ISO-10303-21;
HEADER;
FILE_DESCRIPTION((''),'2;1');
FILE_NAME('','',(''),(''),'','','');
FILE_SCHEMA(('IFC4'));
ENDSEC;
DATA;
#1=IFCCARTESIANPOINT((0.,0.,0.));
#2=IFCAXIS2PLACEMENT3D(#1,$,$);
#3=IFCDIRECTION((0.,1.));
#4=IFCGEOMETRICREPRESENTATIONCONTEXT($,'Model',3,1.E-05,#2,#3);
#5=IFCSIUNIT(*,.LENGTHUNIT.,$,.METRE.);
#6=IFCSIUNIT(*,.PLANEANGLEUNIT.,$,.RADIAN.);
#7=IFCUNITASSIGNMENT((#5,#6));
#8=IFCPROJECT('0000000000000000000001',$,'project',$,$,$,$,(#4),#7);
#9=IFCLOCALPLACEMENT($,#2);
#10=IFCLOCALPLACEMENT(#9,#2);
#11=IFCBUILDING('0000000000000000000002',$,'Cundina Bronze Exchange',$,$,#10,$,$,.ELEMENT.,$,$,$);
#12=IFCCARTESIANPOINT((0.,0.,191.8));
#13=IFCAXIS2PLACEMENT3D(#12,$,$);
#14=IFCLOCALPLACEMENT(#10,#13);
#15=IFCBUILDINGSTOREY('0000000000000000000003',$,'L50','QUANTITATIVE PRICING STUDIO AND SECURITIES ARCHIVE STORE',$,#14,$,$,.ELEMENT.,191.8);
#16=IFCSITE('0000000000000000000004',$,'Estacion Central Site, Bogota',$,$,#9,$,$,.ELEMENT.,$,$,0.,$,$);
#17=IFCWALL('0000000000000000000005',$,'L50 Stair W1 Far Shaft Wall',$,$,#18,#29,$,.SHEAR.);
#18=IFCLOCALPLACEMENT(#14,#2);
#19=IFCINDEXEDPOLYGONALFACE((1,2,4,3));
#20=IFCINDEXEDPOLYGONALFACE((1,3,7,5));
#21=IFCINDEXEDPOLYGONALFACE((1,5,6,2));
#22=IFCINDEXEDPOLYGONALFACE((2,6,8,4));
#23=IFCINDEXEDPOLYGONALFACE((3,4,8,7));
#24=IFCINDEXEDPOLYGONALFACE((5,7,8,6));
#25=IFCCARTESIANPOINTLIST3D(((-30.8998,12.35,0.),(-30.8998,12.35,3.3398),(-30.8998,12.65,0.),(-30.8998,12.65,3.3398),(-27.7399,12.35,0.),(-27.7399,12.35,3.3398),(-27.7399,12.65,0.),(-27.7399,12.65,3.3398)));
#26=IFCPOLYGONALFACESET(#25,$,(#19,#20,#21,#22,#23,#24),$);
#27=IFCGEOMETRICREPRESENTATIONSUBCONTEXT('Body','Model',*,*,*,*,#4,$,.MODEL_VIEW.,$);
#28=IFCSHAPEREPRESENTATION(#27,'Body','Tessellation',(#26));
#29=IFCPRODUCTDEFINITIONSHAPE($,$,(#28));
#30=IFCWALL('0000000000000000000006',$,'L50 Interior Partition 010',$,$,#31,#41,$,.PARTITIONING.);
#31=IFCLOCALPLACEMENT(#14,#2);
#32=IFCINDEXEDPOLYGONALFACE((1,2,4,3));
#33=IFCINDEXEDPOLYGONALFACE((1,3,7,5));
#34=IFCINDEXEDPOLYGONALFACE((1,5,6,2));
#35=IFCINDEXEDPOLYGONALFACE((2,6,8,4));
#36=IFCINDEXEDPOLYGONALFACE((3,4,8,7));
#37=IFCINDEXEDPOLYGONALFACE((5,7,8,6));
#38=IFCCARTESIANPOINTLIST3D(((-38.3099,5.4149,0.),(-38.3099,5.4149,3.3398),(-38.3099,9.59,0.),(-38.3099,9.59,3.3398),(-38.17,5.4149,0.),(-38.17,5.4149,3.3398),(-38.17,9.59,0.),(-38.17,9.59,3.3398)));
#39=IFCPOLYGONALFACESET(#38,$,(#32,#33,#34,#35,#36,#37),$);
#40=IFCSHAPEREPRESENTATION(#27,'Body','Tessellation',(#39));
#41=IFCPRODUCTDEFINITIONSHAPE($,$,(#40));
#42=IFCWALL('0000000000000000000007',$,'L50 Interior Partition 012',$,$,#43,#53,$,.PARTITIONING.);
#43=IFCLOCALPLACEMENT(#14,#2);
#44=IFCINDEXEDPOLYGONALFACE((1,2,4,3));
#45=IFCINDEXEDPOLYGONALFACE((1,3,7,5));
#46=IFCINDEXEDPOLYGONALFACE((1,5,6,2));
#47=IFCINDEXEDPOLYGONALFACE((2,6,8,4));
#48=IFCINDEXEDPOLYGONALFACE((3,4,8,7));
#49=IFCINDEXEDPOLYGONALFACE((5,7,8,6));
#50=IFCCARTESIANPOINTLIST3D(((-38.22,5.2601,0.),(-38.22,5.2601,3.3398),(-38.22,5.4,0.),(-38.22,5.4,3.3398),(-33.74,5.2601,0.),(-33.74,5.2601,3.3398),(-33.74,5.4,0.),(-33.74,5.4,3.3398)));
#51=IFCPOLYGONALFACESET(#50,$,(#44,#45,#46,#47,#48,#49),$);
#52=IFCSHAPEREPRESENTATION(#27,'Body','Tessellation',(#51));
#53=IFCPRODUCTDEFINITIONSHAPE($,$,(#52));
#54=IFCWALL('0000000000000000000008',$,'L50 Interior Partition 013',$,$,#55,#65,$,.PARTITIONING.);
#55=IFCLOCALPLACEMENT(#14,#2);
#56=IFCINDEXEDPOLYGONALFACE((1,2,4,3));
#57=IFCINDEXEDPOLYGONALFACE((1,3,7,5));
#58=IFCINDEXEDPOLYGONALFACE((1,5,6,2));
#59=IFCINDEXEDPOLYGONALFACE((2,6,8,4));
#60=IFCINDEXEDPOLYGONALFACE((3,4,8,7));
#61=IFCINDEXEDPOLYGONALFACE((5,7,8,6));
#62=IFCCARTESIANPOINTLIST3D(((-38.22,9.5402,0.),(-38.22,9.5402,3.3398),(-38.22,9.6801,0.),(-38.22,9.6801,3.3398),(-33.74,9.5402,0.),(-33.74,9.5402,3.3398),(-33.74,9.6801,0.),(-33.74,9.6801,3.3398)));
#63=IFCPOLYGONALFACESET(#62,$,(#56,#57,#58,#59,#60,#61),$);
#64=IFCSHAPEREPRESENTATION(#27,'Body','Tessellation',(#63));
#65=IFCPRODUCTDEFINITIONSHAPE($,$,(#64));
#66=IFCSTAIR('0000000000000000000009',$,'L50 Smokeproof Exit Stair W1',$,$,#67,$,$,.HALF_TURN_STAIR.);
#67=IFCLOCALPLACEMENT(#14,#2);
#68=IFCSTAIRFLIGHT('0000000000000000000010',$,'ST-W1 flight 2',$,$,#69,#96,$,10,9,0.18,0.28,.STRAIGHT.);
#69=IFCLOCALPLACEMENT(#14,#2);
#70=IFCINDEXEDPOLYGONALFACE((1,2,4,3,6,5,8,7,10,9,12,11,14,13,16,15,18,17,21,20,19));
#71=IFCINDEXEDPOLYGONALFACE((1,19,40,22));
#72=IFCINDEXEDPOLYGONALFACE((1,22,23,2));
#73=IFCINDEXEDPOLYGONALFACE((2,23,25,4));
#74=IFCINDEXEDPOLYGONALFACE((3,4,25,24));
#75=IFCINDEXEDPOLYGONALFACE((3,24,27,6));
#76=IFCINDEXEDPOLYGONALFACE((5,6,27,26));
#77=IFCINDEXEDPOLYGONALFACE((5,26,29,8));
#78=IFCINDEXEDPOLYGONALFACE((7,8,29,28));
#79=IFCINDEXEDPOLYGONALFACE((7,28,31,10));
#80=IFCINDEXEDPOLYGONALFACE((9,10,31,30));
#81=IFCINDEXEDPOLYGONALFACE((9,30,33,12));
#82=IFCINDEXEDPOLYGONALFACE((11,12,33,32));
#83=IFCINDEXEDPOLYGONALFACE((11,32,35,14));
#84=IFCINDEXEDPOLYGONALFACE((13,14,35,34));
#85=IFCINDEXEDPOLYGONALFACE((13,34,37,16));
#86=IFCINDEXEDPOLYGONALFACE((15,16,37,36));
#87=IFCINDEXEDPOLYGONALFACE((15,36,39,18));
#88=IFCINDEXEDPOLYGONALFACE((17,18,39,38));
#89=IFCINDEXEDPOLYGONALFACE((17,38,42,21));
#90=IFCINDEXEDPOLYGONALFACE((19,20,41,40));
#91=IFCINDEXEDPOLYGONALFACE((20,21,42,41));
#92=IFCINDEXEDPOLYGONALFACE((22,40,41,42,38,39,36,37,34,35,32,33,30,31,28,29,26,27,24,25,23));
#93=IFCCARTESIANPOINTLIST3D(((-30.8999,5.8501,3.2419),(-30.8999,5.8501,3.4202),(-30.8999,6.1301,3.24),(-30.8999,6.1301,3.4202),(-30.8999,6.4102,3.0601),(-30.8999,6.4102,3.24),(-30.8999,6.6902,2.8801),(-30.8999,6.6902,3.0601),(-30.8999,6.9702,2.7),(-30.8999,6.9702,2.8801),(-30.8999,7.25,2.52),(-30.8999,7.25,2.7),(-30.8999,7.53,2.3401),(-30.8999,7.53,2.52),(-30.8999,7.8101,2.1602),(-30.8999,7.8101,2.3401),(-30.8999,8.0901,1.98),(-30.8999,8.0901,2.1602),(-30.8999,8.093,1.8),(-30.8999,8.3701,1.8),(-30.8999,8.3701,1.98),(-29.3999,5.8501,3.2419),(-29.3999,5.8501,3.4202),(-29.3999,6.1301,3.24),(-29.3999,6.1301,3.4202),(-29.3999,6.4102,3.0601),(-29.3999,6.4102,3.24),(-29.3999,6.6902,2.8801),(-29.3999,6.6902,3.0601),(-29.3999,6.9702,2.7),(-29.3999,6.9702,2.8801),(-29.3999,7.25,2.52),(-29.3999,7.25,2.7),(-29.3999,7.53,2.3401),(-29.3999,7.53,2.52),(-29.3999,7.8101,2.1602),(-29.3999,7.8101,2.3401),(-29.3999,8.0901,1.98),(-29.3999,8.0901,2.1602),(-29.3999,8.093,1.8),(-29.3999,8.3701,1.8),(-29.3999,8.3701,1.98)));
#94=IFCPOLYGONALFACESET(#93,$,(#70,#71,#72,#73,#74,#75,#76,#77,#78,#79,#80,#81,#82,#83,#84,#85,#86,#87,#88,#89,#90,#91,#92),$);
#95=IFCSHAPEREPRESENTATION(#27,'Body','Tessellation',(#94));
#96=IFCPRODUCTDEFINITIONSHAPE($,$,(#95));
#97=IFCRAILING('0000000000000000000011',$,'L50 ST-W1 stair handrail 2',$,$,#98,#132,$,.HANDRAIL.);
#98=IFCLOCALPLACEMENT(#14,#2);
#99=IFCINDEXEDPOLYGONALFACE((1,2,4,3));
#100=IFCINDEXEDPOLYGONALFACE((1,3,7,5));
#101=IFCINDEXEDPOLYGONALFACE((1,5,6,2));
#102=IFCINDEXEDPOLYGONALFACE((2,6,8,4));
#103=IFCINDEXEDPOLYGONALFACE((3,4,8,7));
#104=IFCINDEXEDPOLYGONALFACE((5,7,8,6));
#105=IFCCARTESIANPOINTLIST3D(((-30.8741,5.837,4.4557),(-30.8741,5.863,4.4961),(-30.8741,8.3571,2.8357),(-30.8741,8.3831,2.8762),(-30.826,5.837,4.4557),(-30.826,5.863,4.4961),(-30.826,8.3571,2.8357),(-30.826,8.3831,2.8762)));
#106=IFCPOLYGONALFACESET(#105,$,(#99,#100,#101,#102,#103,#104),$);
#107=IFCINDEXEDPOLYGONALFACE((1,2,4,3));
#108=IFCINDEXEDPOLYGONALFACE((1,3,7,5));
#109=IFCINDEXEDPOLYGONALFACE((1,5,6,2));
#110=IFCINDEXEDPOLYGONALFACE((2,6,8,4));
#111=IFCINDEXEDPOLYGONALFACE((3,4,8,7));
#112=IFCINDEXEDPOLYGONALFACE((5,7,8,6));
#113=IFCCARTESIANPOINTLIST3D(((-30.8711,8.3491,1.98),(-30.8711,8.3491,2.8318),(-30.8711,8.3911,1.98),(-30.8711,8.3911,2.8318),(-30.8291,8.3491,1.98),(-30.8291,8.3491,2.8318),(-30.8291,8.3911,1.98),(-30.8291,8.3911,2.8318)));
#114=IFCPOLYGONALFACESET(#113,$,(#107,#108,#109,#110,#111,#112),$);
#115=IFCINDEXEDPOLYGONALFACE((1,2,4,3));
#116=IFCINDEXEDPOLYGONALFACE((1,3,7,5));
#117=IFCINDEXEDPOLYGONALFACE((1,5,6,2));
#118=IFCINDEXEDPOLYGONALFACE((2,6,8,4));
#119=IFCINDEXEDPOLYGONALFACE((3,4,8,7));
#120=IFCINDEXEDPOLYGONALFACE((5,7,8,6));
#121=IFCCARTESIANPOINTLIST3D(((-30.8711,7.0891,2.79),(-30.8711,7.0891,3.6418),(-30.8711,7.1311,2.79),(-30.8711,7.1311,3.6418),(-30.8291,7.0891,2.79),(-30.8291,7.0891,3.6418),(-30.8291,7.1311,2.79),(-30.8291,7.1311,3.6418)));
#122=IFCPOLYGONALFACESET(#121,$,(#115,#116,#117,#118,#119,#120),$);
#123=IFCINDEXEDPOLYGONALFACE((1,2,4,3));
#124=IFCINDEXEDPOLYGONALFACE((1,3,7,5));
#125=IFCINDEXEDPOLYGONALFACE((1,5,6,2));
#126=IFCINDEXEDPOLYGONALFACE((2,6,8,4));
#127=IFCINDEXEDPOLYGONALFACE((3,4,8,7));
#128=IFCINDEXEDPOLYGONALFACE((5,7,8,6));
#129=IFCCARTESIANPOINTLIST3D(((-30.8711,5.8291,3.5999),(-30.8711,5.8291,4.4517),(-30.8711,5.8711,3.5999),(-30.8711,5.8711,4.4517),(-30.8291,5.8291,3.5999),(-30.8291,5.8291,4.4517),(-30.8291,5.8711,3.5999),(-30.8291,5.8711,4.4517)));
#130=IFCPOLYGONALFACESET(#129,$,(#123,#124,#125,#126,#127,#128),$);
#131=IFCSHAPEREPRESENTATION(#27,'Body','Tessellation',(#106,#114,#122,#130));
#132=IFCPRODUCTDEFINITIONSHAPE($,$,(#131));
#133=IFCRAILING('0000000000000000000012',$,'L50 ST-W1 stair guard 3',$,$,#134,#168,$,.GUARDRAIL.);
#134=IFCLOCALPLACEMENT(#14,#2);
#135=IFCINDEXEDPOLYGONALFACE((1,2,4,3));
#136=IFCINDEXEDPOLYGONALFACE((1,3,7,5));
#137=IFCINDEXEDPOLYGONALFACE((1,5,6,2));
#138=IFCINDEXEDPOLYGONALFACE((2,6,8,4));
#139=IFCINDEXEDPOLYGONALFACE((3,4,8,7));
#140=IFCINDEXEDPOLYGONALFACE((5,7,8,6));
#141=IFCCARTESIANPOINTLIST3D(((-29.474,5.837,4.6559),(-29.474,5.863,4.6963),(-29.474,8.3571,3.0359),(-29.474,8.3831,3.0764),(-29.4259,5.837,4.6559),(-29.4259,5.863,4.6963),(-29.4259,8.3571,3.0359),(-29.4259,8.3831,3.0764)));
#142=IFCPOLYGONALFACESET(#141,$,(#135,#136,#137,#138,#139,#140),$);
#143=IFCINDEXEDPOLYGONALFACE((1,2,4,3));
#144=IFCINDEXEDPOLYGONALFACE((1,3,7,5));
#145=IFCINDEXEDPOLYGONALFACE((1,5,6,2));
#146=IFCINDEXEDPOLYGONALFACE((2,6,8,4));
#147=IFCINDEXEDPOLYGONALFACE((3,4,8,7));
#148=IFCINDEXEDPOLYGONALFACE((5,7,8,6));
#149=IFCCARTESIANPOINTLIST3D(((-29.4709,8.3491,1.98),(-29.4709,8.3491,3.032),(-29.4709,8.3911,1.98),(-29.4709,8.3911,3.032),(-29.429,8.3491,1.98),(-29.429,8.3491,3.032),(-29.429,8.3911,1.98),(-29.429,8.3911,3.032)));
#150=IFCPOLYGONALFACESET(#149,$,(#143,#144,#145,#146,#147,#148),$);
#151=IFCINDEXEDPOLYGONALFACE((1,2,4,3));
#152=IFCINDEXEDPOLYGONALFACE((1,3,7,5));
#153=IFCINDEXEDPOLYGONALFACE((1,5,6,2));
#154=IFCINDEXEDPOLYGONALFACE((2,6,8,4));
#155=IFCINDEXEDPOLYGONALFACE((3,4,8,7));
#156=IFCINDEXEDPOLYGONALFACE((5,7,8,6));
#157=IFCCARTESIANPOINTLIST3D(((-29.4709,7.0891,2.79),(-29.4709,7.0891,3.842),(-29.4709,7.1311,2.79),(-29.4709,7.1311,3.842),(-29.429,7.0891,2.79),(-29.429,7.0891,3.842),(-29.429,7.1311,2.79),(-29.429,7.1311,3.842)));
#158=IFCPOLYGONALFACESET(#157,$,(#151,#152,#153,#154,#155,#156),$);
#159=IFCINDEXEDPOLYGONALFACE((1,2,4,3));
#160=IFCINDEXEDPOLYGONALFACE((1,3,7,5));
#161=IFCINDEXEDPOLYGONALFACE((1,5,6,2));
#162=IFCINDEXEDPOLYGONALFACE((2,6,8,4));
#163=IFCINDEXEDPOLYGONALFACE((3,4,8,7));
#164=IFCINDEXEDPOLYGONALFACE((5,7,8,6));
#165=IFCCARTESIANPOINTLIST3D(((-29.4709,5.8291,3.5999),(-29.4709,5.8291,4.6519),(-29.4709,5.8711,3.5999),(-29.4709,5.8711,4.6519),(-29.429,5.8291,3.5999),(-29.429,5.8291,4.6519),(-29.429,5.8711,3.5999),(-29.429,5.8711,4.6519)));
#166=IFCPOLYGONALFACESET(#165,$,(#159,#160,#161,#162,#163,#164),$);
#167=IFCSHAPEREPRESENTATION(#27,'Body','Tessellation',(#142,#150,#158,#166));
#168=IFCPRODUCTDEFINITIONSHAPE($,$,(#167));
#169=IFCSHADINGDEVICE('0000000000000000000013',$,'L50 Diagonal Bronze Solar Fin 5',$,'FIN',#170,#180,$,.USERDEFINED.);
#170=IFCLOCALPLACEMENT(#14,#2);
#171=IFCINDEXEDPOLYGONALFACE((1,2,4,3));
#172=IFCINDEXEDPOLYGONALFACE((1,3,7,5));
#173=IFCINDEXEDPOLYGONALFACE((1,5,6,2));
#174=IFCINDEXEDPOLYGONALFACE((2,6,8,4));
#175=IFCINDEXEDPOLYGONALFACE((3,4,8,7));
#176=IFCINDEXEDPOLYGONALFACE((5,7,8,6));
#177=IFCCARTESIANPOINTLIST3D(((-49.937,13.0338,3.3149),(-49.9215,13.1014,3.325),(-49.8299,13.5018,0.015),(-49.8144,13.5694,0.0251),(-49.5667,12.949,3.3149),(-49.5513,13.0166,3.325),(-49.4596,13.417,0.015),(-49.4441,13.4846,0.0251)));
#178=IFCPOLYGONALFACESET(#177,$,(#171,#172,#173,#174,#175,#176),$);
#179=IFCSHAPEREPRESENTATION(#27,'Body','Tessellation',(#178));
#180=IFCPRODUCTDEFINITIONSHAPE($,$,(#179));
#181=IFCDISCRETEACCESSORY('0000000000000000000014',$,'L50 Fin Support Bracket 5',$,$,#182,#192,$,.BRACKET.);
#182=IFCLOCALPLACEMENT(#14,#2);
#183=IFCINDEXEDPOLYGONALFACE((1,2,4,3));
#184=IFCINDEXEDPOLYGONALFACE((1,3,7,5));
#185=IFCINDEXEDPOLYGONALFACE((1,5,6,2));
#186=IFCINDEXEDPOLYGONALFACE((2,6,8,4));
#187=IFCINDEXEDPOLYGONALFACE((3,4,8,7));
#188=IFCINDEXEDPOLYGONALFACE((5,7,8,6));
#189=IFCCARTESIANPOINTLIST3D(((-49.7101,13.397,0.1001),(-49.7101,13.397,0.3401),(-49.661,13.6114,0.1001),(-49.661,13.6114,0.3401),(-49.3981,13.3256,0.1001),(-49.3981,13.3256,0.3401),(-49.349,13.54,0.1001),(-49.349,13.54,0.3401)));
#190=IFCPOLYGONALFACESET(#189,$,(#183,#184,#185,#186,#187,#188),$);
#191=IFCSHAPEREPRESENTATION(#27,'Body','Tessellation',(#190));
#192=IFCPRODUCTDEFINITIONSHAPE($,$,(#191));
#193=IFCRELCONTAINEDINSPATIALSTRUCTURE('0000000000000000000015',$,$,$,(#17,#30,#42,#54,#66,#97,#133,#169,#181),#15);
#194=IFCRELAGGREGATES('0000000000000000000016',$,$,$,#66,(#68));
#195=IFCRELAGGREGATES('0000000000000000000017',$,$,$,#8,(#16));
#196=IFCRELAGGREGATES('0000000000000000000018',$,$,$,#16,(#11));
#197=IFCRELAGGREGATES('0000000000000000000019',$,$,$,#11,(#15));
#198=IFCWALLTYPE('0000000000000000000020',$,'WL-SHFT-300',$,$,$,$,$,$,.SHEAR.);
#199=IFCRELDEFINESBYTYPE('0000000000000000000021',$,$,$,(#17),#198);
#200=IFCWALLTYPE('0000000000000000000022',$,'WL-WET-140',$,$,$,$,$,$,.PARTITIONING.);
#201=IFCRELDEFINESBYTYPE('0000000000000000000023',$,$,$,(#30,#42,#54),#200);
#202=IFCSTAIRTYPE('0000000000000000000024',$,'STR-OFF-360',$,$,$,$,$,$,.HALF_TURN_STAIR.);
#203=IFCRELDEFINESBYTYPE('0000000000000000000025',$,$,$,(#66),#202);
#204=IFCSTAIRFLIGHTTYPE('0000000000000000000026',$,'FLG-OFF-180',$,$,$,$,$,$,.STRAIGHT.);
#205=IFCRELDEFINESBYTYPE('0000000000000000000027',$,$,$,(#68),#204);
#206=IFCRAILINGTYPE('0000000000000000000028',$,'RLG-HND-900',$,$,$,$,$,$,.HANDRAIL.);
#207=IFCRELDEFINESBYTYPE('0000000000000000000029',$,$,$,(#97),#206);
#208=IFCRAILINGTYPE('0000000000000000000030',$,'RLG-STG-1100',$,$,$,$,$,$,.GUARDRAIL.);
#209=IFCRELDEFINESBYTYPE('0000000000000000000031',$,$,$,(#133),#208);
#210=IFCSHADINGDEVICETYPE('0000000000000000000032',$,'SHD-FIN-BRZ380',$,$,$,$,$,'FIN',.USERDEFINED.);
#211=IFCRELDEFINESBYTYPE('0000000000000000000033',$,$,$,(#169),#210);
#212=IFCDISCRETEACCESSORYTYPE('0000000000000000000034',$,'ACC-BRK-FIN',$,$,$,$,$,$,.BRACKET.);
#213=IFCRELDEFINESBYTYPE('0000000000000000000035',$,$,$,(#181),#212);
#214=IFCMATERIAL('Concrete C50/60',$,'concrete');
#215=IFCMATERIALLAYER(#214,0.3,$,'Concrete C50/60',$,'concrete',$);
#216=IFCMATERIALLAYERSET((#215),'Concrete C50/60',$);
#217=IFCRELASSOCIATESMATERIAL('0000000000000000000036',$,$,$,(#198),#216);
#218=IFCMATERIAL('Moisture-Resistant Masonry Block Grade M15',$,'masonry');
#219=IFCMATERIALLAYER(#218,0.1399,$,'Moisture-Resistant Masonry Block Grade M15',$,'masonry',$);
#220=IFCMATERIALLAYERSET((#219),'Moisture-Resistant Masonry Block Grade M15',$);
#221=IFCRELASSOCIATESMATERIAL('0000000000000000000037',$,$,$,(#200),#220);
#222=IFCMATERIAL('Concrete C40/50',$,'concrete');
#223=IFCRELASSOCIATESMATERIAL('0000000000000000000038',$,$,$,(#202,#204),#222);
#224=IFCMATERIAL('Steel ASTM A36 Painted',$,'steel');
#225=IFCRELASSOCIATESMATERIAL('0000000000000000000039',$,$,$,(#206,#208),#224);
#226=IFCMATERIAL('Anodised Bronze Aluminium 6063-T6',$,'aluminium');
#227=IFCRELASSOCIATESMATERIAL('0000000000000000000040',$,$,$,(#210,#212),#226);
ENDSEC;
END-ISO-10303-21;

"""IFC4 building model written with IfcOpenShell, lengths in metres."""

from ifc_helpers import new_model, si_unit, direction, frame, frame_2d, origin, origin_2d, place, context, subcontext, project, spatial, polyline, rectangle, outline, extrude, material, layer, layer_set, material_profile, profile_set, type_object, element, aggregate, save


model = new_model("IFC4")

# Units and contexts
model_context = context("Model", 3, precision=1e-05, world=origin(), true_north=direction((0.0, 1.0)))
body_context = subcontext(model_context, "Body", "Model", "MODEL_VIEW")
ifc_project = project(units=[si_unit("LENGTHUNIT", "METRE"), si_unit("PLANEANGLEUNIT", "RADIAN")], contexts=[model_context])

# Site, building, storey
site_placement = place(None, origin())
site = spatial("IfcSite", under=ifc_project, at=site_placement, Name="Estacion Central Site, Bogota", CompositionType="ELEMENT", RefElevation=0.0)
building_placement = place(site_placement, origin())
building = spatial("IfcBuilding", under=site, at=building_placement, Name="Cundina Bronze Exchange", CompositionType="ELEMENT")
storey_placement = place(building_placement, frame((0.0, 0.0, 191.8)))
storey = spatial("IfcBuildingStorey", under=building, at=storey_placement, Name="L50", Description="QUANTITATIVE PRICING STUDIO AND SECURITIES ARCHIVE STORE", CompositionType="ELEMENT", Elevation=191.8)

# Shared definitions
ifc_material_1 = material(Name="Concrete C50/60", Category="concrete")

# Shared definitions
ifc_material_2 = material(Name="Anodised Bronze Aluminium 6063-T6", Category="aluminium")

# Shared definitions
ifc_layer_1 = layer(ifc_material_1, 0.3, Name="Concrete C50/60", Category="concrete")
ifc_layer_set_1 = layer_set([ifc_layer_1], Name="Concrete C50/60")
wall_type_1 = type_object("IfcWallType", Name="WL-SHFT-300", PredefinedType="SHEAR", material=ifc_layer_set_1)
ifc_material_3 = material(Name="Steel ASTM A36 Painted", Category="steel")

# Walls
wall_1_placement = place(storey_placement, frame((-30.8999, 12.5, 0.0), z_axis=(0.0, 0.0, 1.0), x_axis=(1.0, 0.0, 0.0)))
element("IfcWall", 1, at=wall_1_placement, inside=storey, type_object=wall_type_1, Name="L50 Stair W1 Far Shaft Wall", PredefinedType="SHEAR", context=body_context, shape_type="SweptSolid", body=[
    extrude(rectangle(XDim=3.1599, YDim=0.3, at=frame_2d((1.5801, 0.0))), origin(), (0.0, 0.0, 1.0), 3.3398),
])
ifc_material_4 = material(Name="Moisture-Resistant Masonry Block Grade M15", Category="masonry")
ifc_layer_2 = layer(ifc_material_4, 0.1399, Name="Moisture-Resistant Masonry Block Grade M15", Category="masonry")
ifc_layer_set_2 = layer_set([ifc_layer_2], Name="Moisture-Resistant Masonry Block Grade M15")
wall_type_2 = type_object("IfcWallType", Name="WL-WET-140", PredefinedType="PARTITIONING", material=ifc_layer_set_2)
wall_2_placement = place(storey_placement, frame((-38.24, 5.415, 0.0), z_axis=(0.0, 0.0, 1.0), x_axis=(0.0, 1.0, 0.0)))
element("IfcWall", 2, at=wall_2_placement, inside=storey, type_object=wall_type_2, Name="L50 Interior Partition 010", PredefinedType="PARTITIONING", context=body_context, shape_type="SweptSolid", body=[
    extrude(rectangle(XDim=4.175, YDim=0.1399, at=frame_2d((2.0874, 0.0))), origin(), (0.0, 0.0, 1.0), 3.3398),
])
for number, where, z_axis, x_axis, name in (
    (3, (-38.22, 5.3301, 0.0), (0.0, 0.0, 1.0), (1.0, 0.0, 0.0), "L50 Interior Partition 012"),
    (4, (-38.22, 9.6101, 0.0), (0.0, 0.0, 1.0), (1.0, 0.0, 0.0), "L50 Interior Partition 013"),
):
    element("IfcWall", number, at=place(storey_placement, frame(where, z_axis=z_axis, x_axis=x_axis)), inside=storey, type_object=wall_type_2, Name=name, PredefinedType="PARTITIONING", context=body_context, shape_type="SweptSolid", body=[
        extrude(rectangle(XDim=4.48, YDim=0.1399, at=frame_2d((2.24, 0.0))), origin(), (0.0, 0.0, 1.0), 3.3398),
    ])

# Stair, stair flight
ifc_material_5 = material(Name="Concrete C40/50", Category="concrete")
stair_type = type_object("IfcStairType", Name="STR-OFF-360", PredefinedType="HALF_TURN_STAIR", material=ifc_material_5)
stair_placement = place(storey_placement, origin())
stair = element("IfcStair", 5, at=stair_placement, inside=storey, type_object=stair_type, Name="L50 Smokeproof Exit Stair W1", PredefinedType="HALF_TURN_STAIR")
stair_flight_type = type_object("IfcStairFlightType", Name="FLG-OFF-180", PredefinedType="STRAIGHT", material=ifc_material_5)
stair_flight_placement = place(storey_placement, frame((-30.1499, 8.3701, 1.8), z_axis=(0.0, 0.0, 1.0), x_axis=(0.0, -1.0, 0.0)))
stair_flight = element("IfcStairFlight", 6, at=stair_flight_placement, type_object=stair_flight_type, Name="ST-W1 flight 2", NumberOfRisers=10, NumberOfTreads=9, PredefinedType="STRAIGHT", RiserHeight=0.18, TreadLength=0.28, context=body_context, shape_type="SweptSolid", body=[
    extrude(outline(polyline([(0.0, 0.0), (0.0, 0.1799), (0.28, 0.1799), (0.28, 0.3601), (0.5601, 0.3601), (0.5601, 0.54), (0.8401, 0.54), (0.8401, 0.72), (1.1201, 0.72), (1.1201, 0.8999), (1.3999, 0.8999), (1.3999, 1.0801), (1.6799, 1.0801), (1.6799, 1.26), (1.96, 1.26), (1.96, 1.4399), (2.24, 1.4399), (2.24, 1.6201), (2.52, 1.6201), (2.52, 1.8), (2.52, 1.4419), (0.2771, 0.0), (0.0, 0.0)])), frame((0.0, 0.75, 0.0), z_axis=(0.0, -1.0, 0.0), x_axis=(1.0, 0.0, 0.0)), (0.0, 0.0, 1.0), 1.5),
])
aggregate(stair, [stair_flight])

# Railings
railing_type_1 = type_object("IfcRailingType", Name="RLG-HND-900", PredefinedType="HANDRAIL", material=ifc_material_3)
railing_1_placement = place(storey_placement, frame((-30.8501, 8.3701, 1.98)))
element("IfcRailing", 7, at=railing_1_placement, inside=storey, type_object=railing_type_1, Name="L50 ST-W1 stair handrail 2", PredefinedType="HANDRAIL", context=body_context, shape_type="SweptSolid", body=[
    extrude(rectangle(XDim=0.0481, YDim=0.0481, at=origin_2d()), frame((0.0, 0.0, 0.876), z_axis=(0.0, -0.8412, 0.540725), x_axis=(1.0, 0.0, 0.0)), (0.0, 0.0, 1.0), 2.9958),
    extrude(rectangle(XDim=0.042, YDim=0.042, at=origin_2d()), origin(), (0.0, 0.0, 1.0), 0.8518),
    extrude(rectangle(XDim=0.042, YDim=0.042, at=origin_2d()), frame((0.0, -1.26, 0.8101)), (0.0, 0.0, 1.0), 0.8518),
    extrude(rectangle(XDim=0.042, YDim=0.042, at=origin_2d()), frame((0.0, -2.52, 1.6199)), (0.0, 0.0, 1.0), 0.8518),
])
railing_type_2 = type_object("IfcRailingType", Name="RLG-STG-1100", PredefinedType="GUARDRAIL", material=ifc_material_3)
railing_2_placement = place(storey_placement, frame((-29.45, 8.3701, 1.98)))
element("IfcRailing", 8, at=railing_2_placement, inside=storey, type_object=railing_type_2, Name="L50 ST-W1 stair guard 3", PredefinedType="GUARDRAIL", context=body_context, shape_type="SweptSolid", body=[
    extrude(rectangle(XDim=0.0481, YDim=0.0481, at=origin_2d()), frame((0.0, 0.0, 1.0762), z_axis=(0.0, -0.8412, 0.540725), x_axis=(1.0, 0.0, 0.0)), (0.0, 0.0, 1.0), 2.9958),
    extrude(rectangle(XDim=0.042, YDim=0.042, at=origin_2d()), origin(), (0.0, 0.0, 1.0), 1.052),
    extrude(rectangle(XDim=0.042, YDim=0.042, at=origin_2d()), frame((0.0, -1.26, 0.8101)), (0.0, 0.0, 1.0), 1.052),
    extrude(rectangle(XDim=0.042, YDim=0.042, at=origin_2d()), frame((0.0, -2.52, 1.6199)), (0.0, 0.0, 1.0), 1.052),
])

# Shading device
ifc_material_profile_1 = material_profile(ifc_material_2, rectangle(XDim=0.0701, YDim=0.3799, at=origin_2d()), Name="FIN70X380", Category="aluminium")
ifc_profile_set_1 = profile_set([ifc_material_profile_1], Name="Anodised Bronze Aluminium 6063-T6")
shading_device_type = type_object("IfcShadingDeviceType", Name="SHD-FIN-BRZ380", ElementType="FIN", PredefinedType="USERDEFINED", material=ifc_profile_set_1)
shading_device_placement = place(storey_placement, frame((-49.637, 13.4932, 0.02), z_axis=(-0.032139, -0.140344, 0.989581), x_axis=(0.220899, 0.964611, 0.143977)))
element("IfcShadingDevice", 9, at=shading_device_placement, inside=storey, type_object=shading_device_type, Name="L50 Diagonal Bronze Solar Fin 5", ObjectType="FIN", PredefinedType="USERDEFINED", context=body_context, shape_type="SweptSolid", body=[
    extrude(rectangle(XDim=0.0701, YDim=0.3799, at=origin_2d()), origin(), (0.0, 0.0, 1.0), 3.3347),
])

# Discrete accessory
discrete_accessory_type = type_object("IfcDiscreteAccessoryType", Name="ACC-BRK-FIN", PredefinedType="BRACKET", material=ifc_material_2)
discrete_accessory_placement = place(storey_placement, frame((-49.5295, 13.4685, 0.1001), z_axis=(0.0, 0.0, 1.0), x_axis=(-0.223284, -0.974753, 0.0)))
element("IfcDiscreteAccessory", 10, at=discrete_accessory_placement, inside=storey, type_object=discrete_accessory_type, Name="L50 Fin Support Bracket 5", PredefinedType="BRACKET", context=body_context, shape_type="SweptSolid", body=[
    extrude(rectangle(XDim=0.22, YDim=0.3201, at=origin_2d()), origin(), (0.0, 0.0, 1.0), 0.24),
])

save(model, "model.ifc")
